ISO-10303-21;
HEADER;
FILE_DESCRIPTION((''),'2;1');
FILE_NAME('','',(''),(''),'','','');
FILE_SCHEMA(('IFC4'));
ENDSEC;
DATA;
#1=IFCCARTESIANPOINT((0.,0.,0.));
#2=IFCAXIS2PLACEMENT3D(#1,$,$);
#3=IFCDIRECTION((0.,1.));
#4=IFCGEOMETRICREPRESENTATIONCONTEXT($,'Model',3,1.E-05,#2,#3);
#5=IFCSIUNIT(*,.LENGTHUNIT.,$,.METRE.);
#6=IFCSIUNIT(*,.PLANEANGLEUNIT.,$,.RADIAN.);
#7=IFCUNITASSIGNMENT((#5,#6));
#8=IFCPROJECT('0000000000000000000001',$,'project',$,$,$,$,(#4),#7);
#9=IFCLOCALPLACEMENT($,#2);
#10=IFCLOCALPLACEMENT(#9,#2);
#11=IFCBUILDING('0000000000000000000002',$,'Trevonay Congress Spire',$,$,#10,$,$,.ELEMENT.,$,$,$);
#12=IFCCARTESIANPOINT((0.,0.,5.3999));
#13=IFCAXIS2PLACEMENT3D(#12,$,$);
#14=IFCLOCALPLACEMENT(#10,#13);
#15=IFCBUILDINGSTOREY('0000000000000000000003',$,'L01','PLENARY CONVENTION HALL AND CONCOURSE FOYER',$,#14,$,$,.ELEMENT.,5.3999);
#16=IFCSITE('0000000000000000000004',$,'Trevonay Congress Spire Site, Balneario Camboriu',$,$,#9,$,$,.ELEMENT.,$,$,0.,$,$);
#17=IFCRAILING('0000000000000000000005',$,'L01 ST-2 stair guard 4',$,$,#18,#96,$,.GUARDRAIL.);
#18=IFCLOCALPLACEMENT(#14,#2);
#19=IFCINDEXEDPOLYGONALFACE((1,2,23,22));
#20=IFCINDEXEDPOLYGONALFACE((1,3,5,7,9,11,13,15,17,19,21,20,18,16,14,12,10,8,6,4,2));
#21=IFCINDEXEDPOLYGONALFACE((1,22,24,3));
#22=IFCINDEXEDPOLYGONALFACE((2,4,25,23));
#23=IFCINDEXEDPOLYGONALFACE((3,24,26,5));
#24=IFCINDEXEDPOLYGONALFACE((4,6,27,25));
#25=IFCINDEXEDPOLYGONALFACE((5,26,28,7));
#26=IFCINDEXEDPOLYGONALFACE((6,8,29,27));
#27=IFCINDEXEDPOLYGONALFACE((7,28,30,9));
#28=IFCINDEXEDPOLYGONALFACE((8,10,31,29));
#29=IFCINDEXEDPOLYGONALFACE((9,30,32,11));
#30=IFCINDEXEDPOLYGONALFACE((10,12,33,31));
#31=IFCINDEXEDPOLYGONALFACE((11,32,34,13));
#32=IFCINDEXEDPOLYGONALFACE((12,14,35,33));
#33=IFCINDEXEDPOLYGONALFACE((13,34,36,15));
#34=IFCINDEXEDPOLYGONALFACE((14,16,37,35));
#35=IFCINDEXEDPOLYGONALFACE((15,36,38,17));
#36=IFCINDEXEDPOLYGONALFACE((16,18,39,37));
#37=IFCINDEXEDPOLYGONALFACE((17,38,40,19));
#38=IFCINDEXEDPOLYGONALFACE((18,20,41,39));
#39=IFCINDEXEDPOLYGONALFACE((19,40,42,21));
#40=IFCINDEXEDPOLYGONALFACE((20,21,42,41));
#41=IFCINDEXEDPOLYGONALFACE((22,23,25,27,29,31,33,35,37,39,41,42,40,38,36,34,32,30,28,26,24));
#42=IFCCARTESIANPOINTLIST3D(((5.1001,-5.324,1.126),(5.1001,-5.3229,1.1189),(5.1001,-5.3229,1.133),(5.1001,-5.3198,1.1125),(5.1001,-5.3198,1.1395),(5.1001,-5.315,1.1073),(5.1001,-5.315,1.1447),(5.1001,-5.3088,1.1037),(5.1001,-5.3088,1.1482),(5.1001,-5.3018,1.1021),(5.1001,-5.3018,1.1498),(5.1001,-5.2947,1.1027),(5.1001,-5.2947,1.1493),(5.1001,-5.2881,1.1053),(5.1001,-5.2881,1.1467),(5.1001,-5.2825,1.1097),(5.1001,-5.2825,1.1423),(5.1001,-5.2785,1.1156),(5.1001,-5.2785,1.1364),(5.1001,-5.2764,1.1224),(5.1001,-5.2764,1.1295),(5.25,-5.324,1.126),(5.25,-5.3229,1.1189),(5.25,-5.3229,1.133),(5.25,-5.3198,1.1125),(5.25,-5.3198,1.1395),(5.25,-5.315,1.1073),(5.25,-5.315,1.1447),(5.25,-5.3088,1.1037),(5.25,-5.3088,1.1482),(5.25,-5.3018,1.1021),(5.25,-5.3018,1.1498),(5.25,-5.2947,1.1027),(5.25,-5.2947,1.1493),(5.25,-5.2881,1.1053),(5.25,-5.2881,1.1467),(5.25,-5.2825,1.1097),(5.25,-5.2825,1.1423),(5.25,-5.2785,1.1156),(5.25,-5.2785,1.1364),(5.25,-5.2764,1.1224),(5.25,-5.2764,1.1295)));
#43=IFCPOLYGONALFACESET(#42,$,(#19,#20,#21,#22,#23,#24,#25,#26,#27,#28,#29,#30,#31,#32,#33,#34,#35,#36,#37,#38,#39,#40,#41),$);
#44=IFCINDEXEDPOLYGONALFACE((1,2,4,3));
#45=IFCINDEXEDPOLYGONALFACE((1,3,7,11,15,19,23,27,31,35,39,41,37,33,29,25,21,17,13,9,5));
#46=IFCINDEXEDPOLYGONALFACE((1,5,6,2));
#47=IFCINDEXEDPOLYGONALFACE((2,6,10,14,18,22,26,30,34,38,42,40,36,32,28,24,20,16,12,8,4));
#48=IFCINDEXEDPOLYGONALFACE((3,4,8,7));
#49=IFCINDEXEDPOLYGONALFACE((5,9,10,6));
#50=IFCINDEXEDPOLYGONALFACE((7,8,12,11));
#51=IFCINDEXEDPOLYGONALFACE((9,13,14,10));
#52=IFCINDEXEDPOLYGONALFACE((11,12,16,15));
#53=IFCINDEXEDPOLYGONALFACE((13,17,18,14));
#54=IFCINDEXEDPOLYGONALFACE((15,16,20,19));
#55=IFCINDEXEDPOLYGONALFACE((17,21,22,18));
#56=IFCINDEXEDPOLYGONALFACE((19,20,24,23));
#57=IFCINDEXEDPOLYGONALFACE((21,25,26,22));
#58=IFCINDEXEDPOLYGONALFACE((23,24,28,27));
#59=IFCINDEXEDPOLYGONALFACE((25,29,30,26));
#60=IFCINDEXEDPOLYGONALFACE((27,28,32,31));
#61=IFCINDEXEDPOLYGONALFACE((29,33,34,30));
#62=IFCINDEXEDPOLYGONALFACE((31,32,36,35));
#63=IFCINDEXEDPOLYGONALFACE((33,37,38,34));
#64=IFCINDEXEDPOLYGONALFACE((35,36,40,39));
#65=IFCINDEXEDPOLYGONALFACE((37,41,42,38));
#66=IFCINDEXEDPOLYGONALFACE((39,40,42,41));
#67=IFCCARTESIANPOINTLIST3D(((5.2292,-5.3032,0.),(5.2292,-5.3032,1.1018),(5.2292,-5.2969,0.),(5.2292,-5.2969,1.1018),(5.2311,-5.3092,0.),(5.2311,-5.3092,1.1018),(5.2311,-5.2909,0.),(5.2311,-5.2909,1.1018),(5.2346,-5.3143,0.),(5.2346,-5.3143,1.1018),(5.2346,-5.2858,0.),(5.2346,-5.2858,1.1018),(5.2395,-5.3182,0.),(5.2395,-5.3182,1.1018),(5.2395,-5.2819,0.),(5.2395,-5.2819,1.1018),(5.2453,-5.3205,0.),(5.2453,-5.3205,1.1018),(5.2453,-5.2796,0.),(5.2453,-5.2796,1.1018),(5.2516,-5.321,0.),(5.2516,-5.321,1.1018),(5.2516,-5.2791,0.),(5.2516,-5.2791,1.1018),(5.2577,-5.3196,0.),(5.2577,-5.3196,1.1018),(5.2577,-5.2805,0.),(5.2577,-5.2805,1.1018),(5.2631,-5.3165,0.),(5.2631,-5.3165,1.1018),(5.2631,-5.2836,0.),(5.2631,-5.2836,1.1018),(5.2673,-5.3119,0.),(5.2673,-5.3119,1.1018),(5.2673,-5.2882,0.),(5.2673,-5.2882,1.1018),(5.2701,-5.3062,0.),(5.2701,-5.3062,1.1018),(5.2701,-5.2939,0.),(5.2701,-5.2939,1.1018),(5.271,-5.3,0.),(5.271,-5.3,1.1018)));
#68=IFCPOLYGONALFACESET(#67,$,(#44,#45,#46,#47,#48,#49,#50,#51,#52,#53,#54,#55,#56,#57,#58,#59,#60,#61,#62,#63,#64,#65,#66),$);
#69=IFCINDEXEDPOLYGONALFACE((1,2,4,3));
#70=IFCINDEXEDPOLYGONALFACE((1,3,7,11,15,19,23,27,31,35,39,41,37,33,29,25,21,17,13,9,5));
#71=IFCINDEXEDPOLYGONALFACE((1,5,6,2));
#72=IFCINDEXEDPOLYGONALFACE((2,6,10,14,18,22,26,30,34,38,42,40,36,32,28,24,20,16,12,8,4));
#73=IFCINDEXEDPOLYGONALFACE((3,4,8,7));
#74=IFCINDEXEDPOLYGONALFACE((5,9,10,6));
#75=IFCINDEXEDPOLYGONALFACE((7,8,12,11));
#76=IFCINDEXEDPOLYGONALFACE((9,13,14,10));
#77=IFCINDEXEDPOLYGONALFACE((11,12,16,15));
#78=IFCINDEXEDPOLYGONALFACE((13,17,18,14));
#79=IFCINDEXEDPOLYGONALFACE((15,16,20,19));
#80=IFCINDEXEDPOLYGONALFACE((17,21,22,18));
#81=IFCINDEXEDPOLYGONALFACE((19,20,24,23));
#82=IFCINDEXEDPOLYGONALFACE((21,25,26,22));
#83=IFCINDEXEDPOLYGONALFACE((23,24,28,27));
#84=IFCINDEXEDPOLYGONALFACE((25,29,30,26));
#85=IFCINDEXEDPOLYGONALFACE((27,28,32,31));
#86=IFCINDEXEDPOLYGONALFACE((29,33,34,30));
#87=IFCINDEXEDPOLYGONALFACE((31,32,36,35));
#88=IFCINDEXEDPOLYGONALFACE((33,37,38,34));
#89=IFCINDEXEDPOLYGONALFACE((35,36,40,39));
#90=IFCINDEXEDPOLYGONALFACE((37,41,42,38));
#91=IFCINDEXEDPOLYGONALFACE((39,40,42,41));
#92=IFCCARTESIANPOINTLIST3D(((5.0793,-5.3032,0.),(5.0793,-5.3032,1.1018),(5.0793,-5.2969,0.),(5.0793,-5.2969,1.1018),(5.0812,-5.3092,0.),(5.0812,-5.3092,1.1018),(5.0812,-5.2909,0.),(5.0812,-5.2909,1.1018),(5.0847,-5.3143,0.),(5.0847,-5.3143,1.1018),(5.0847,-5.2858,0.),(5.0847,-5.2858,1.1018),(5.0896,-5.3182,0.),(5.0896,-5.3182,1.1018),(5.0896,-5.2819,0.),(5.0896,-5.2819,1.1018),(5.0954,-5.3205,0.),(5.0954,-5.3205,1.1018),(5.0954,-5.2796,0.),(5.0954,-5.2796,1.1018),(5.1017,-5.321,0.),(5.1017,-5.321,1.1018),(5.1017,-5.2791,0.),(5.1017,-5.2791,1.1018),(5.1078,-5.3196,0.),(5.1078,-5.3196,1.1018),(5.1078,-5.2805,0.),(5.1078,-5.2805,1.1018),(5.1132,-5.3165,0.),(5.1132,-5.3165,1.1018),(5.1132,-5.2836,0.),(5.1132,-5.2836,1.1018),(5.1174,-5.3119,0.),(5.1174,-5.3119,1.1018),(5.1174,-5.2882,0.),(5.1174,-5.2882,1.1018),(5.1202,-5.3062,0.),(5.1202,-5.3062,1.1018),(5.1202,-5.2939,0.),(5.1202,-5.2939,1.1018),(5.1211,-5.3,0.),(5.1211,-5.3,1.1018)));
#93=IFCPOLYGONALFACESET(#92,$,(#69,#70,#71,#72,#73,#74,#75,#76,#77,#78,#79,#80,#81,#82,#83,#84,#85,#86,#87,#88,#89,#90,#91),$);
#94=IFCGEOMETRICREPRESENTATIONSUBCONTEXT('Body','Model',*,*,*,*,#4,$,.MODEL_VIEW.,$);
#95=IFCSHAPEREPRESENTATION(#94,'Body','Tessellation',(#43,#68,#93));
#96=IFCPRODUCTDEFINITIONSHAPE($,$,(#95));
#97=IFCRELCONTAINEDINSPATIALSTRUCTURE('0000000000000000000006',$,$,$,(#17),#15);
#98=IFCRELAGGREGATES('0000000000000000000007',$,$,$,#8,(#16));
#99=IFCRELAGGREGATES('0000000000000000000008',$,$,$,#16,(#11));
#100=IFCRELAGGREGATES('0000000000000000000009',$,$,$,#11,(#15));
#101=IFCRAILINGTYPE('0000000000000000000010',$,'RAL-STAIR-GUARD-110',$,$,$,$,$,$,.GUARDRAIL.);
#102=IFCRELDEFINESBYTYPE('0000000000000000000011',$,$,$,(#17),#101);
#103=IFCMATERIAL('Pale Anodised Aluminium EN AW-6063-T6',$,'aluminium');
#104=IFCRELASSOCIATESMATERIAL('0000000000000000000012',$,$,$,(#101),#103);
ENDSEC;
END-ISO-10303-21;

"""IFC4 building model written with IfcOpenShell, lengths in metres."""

from ifc_helpers import new_model, si_unit, direction, frame, origin, origin_2d, place, context, subcontext, project, spatial, circle, extrude, material, type_object, element, save


model = new_model("IFC4")

# Units and contexts
model_context = context("Model", 3, precision=1e-05, world=origin(), true_north=direction((0.0, 1.0)))
body_context = subcontext(model_context, "Body", "Model", "MODEL_VIEW")
ifc_project = project(units=[si_unit("LENGTHUNIT", "METRE"), si_unit("PLANEANGLEUNIT", "RADIAN")], contexts=[model_context])

# Site, building, storey
site_placement = place(None, origin())
site = spatial("IfcSite", under=ifc_project, at=site_placement, Name="Trevonay Congress Spire Site, Balneario Camboriu", CompositionType="ELEMENT", RefElevation=0.0)
building_placement = place(site_placement, origin())
building = spatial("IfcBuilding", under=site, at=building_placement, Name="Trevonay Congress Spire", CompositionType="ELEMENT")
storey_placement = place(building_placement, frame((0.0, 0.0, 5.3999)))
storey = spatial("IfcBuildingStorey", under=building, at=storey_placement, Name="L01", Description="PLENARY CONVENTION HALL AND CONCOURSE FOYER", CompositionType="ELEMENT", Elevation=5.3999)

# Railing
ifc_material_1 = material(Name="Pale Anodised Aluminium EN AW-6063-T6", Category="aluminium")
railing_type_1 = type_object("IfcRailingType", Name="RAL-STAIR-GUARD-110", PredefinedType="GUARDRAIL", material=ifc_material_1)
railing_1_placement = place(storey_placement, frame((5.25, -5.3, 0.0)))
element("IfcRailing", 1, at=railing_1_placement, inside=storey, type_object=railing_type_1, Name="L01 ST-2 stair guard 4", PredefinedType="GUARDRAIL", context=body_context, shape_type="SweptSolid", body=[
    extrude(circle(Radius=0.0239, at=origin_2d()), frame((0.0, 0.0, 1.126), z_axis=(-1.0, 0.0, 0.0), x_axis=(0.0, -1.0, 0.0)), (0.0, 0.0, 1.0), 0.1499),
    extrude(circle(Radius=0.021, at=origin_2d()), origin(), (0.0, 0.0, 1.0), 1.1018),
    extrude(circle(Radius=0.021, at=origin_2d()), frame((-0.1499, 0.0, 0.0)), (0.0, 0.0, 1.0), 1.1018),
])

save(model, "model.ifc")
